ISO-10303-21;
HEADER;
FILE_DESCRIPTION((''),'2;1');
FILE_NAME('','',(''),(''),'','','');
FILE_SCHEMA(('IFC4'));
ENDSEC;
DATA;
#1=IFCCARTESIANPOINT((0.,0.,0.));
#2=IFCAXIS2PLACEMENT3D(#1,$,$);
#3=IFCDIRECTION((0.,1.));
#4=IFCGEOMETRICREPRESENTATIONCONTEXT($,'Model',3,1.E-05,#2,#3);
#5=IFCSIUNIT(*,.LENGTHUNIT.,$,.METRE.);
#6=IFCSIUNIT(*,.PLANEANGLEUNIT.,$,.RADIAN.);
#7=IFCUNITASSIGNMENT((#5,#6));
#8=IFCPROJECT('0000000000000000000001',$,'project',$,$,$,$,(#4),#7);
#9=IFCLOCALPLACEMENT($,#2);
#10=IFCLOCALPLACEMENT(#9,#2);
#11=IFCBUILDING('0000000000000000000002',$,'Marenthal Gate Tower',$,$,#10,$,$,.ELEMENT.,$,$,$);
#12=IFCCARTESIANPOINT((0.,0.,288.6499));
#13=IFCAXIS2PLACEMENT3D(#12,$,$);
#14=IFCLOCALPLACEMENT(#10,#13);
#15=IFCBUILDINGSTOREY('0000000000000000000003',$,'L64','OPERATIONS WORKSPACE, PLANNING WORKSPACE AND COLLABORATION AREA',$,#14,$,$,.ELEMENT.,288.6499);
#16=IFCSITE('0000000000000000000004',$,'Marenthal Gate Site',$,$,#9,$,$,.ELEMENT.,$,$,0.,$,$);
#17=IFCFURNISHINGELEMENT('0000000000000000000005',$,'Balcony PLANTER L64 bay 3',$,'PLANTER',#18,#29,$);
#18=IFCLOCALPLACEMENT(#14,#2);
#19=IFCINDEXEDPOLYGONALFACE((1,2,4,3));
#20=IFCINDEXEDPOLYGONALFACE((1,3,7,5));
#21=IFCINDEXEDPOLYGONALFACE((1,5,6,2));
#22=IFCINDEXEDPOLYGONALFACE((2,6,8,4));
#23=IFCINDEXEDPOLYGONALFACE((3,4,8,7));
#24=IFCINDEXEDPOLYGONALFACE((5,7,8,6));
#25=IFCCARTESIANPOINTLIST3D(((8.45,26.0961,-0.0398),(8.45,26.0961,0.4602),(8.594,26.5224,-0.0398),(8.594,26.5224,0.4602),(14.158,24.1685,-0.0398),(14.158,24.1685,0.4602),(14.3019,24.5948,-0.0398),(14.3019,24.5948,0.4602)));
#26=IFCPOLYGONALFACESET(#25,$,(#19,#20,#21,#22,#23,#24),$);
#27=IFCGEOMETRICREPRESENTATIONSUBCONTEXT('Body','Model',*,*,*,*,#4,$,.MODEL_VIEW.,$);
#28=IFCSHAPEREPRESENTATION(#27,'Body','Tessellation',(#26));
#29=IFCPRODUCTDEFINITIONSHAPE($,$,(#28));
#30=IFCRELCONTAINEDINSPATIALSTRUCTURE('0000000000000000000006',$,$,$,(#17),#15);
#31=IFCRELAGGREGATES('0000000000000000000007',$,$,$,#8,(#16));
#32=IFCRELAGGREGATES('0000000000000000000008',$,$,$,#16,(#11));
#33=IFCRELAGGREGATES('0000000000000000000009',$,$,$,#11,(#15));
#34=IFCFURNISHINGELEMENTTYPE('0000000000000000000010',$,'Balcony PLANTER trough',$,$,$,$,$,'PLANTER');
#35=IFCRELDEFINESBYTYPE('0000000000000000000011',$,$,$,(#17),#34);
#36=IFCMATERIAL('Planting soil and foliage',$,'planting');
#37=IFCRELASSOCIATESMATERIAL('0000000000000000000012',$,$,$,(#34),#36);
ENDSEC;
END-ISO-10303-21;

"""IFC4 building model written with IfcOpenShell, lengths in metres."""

from ifc_helpers import new_model, si_unit, direction, frame, origin, origin_2d, place, context, subcontext, project, spatial, rectangle, extrude, material, type_object, element, save


model = new_model("IFC4")

# Units and contexts
model_context = context("Model", 3, precision=1e-05, world=origin(), true_north=direction((0.0, 1.0)))
body_context = subcontext(model_context, "Body", "Model", "MODEL_VIEW")
ifc_project = project(units=[si_unit("LENGTHUNIT", "METRE"), si_unit("PLANEANGLEUNIT", "RADIAN")], contexts=[model_context])

# Site, building, storey
site_placement = place(None, origin())
site = spatial("IfcSite", under=ifc_project, at=site_placement, Name="Marenthal Gate Site", CompositionType="ELEMENT", RefElevation=0.0)
building_placement = place(site_placement, origin())
building = spatial("IfcBuilding", under=site, at=building_placement, Name="Marenthal Gate Tower", CompositionType="ELEMENT")
storey_placement = place(building_placement, frame((0.0, 0.0, 288.6499)))
storey = spatial("IfcBuildingStorey", under=building, at=storey_placement, Name="L64", Description="OPERATIONS WORKSPACE, PLANNING WORKSPACE AND COLLABORATION AREA", CompositionType="ELEMENT", Elevation=288.6499)

# Furnishing element
ifc_material_1 = material(Name="Planting soil and foliage", Category="planting")
furnishing_element_type = type_object("IfcFurnishingElementType", Name="Balcony PLANTER trough", ElementType="PLANTER", material=ifc_material_1)
furnishing_placement = place(storey_placement, frame((11.376, 25.3455, -0.0398), z_axis=(0.0, 0.0, 1.0), x_axis=(-0.947437, 0.319942, 0.0)))
element("IfcFurnishingElement", 1, at=furnishing_placement, inside=storey, type_object=furnishing_element_type, Name="Balcony PLANTER L64 bay 3", ObjectType="PLANTER", context=body_context, shape_type="SweptSolid", body=[
    extrude(rectangle(XDim=6.0247, YDim=0.45, at=origin_2d()), origin(), (0.0, 0.0, 1.0), 0.5),
])

save(model, "model.ifc")
